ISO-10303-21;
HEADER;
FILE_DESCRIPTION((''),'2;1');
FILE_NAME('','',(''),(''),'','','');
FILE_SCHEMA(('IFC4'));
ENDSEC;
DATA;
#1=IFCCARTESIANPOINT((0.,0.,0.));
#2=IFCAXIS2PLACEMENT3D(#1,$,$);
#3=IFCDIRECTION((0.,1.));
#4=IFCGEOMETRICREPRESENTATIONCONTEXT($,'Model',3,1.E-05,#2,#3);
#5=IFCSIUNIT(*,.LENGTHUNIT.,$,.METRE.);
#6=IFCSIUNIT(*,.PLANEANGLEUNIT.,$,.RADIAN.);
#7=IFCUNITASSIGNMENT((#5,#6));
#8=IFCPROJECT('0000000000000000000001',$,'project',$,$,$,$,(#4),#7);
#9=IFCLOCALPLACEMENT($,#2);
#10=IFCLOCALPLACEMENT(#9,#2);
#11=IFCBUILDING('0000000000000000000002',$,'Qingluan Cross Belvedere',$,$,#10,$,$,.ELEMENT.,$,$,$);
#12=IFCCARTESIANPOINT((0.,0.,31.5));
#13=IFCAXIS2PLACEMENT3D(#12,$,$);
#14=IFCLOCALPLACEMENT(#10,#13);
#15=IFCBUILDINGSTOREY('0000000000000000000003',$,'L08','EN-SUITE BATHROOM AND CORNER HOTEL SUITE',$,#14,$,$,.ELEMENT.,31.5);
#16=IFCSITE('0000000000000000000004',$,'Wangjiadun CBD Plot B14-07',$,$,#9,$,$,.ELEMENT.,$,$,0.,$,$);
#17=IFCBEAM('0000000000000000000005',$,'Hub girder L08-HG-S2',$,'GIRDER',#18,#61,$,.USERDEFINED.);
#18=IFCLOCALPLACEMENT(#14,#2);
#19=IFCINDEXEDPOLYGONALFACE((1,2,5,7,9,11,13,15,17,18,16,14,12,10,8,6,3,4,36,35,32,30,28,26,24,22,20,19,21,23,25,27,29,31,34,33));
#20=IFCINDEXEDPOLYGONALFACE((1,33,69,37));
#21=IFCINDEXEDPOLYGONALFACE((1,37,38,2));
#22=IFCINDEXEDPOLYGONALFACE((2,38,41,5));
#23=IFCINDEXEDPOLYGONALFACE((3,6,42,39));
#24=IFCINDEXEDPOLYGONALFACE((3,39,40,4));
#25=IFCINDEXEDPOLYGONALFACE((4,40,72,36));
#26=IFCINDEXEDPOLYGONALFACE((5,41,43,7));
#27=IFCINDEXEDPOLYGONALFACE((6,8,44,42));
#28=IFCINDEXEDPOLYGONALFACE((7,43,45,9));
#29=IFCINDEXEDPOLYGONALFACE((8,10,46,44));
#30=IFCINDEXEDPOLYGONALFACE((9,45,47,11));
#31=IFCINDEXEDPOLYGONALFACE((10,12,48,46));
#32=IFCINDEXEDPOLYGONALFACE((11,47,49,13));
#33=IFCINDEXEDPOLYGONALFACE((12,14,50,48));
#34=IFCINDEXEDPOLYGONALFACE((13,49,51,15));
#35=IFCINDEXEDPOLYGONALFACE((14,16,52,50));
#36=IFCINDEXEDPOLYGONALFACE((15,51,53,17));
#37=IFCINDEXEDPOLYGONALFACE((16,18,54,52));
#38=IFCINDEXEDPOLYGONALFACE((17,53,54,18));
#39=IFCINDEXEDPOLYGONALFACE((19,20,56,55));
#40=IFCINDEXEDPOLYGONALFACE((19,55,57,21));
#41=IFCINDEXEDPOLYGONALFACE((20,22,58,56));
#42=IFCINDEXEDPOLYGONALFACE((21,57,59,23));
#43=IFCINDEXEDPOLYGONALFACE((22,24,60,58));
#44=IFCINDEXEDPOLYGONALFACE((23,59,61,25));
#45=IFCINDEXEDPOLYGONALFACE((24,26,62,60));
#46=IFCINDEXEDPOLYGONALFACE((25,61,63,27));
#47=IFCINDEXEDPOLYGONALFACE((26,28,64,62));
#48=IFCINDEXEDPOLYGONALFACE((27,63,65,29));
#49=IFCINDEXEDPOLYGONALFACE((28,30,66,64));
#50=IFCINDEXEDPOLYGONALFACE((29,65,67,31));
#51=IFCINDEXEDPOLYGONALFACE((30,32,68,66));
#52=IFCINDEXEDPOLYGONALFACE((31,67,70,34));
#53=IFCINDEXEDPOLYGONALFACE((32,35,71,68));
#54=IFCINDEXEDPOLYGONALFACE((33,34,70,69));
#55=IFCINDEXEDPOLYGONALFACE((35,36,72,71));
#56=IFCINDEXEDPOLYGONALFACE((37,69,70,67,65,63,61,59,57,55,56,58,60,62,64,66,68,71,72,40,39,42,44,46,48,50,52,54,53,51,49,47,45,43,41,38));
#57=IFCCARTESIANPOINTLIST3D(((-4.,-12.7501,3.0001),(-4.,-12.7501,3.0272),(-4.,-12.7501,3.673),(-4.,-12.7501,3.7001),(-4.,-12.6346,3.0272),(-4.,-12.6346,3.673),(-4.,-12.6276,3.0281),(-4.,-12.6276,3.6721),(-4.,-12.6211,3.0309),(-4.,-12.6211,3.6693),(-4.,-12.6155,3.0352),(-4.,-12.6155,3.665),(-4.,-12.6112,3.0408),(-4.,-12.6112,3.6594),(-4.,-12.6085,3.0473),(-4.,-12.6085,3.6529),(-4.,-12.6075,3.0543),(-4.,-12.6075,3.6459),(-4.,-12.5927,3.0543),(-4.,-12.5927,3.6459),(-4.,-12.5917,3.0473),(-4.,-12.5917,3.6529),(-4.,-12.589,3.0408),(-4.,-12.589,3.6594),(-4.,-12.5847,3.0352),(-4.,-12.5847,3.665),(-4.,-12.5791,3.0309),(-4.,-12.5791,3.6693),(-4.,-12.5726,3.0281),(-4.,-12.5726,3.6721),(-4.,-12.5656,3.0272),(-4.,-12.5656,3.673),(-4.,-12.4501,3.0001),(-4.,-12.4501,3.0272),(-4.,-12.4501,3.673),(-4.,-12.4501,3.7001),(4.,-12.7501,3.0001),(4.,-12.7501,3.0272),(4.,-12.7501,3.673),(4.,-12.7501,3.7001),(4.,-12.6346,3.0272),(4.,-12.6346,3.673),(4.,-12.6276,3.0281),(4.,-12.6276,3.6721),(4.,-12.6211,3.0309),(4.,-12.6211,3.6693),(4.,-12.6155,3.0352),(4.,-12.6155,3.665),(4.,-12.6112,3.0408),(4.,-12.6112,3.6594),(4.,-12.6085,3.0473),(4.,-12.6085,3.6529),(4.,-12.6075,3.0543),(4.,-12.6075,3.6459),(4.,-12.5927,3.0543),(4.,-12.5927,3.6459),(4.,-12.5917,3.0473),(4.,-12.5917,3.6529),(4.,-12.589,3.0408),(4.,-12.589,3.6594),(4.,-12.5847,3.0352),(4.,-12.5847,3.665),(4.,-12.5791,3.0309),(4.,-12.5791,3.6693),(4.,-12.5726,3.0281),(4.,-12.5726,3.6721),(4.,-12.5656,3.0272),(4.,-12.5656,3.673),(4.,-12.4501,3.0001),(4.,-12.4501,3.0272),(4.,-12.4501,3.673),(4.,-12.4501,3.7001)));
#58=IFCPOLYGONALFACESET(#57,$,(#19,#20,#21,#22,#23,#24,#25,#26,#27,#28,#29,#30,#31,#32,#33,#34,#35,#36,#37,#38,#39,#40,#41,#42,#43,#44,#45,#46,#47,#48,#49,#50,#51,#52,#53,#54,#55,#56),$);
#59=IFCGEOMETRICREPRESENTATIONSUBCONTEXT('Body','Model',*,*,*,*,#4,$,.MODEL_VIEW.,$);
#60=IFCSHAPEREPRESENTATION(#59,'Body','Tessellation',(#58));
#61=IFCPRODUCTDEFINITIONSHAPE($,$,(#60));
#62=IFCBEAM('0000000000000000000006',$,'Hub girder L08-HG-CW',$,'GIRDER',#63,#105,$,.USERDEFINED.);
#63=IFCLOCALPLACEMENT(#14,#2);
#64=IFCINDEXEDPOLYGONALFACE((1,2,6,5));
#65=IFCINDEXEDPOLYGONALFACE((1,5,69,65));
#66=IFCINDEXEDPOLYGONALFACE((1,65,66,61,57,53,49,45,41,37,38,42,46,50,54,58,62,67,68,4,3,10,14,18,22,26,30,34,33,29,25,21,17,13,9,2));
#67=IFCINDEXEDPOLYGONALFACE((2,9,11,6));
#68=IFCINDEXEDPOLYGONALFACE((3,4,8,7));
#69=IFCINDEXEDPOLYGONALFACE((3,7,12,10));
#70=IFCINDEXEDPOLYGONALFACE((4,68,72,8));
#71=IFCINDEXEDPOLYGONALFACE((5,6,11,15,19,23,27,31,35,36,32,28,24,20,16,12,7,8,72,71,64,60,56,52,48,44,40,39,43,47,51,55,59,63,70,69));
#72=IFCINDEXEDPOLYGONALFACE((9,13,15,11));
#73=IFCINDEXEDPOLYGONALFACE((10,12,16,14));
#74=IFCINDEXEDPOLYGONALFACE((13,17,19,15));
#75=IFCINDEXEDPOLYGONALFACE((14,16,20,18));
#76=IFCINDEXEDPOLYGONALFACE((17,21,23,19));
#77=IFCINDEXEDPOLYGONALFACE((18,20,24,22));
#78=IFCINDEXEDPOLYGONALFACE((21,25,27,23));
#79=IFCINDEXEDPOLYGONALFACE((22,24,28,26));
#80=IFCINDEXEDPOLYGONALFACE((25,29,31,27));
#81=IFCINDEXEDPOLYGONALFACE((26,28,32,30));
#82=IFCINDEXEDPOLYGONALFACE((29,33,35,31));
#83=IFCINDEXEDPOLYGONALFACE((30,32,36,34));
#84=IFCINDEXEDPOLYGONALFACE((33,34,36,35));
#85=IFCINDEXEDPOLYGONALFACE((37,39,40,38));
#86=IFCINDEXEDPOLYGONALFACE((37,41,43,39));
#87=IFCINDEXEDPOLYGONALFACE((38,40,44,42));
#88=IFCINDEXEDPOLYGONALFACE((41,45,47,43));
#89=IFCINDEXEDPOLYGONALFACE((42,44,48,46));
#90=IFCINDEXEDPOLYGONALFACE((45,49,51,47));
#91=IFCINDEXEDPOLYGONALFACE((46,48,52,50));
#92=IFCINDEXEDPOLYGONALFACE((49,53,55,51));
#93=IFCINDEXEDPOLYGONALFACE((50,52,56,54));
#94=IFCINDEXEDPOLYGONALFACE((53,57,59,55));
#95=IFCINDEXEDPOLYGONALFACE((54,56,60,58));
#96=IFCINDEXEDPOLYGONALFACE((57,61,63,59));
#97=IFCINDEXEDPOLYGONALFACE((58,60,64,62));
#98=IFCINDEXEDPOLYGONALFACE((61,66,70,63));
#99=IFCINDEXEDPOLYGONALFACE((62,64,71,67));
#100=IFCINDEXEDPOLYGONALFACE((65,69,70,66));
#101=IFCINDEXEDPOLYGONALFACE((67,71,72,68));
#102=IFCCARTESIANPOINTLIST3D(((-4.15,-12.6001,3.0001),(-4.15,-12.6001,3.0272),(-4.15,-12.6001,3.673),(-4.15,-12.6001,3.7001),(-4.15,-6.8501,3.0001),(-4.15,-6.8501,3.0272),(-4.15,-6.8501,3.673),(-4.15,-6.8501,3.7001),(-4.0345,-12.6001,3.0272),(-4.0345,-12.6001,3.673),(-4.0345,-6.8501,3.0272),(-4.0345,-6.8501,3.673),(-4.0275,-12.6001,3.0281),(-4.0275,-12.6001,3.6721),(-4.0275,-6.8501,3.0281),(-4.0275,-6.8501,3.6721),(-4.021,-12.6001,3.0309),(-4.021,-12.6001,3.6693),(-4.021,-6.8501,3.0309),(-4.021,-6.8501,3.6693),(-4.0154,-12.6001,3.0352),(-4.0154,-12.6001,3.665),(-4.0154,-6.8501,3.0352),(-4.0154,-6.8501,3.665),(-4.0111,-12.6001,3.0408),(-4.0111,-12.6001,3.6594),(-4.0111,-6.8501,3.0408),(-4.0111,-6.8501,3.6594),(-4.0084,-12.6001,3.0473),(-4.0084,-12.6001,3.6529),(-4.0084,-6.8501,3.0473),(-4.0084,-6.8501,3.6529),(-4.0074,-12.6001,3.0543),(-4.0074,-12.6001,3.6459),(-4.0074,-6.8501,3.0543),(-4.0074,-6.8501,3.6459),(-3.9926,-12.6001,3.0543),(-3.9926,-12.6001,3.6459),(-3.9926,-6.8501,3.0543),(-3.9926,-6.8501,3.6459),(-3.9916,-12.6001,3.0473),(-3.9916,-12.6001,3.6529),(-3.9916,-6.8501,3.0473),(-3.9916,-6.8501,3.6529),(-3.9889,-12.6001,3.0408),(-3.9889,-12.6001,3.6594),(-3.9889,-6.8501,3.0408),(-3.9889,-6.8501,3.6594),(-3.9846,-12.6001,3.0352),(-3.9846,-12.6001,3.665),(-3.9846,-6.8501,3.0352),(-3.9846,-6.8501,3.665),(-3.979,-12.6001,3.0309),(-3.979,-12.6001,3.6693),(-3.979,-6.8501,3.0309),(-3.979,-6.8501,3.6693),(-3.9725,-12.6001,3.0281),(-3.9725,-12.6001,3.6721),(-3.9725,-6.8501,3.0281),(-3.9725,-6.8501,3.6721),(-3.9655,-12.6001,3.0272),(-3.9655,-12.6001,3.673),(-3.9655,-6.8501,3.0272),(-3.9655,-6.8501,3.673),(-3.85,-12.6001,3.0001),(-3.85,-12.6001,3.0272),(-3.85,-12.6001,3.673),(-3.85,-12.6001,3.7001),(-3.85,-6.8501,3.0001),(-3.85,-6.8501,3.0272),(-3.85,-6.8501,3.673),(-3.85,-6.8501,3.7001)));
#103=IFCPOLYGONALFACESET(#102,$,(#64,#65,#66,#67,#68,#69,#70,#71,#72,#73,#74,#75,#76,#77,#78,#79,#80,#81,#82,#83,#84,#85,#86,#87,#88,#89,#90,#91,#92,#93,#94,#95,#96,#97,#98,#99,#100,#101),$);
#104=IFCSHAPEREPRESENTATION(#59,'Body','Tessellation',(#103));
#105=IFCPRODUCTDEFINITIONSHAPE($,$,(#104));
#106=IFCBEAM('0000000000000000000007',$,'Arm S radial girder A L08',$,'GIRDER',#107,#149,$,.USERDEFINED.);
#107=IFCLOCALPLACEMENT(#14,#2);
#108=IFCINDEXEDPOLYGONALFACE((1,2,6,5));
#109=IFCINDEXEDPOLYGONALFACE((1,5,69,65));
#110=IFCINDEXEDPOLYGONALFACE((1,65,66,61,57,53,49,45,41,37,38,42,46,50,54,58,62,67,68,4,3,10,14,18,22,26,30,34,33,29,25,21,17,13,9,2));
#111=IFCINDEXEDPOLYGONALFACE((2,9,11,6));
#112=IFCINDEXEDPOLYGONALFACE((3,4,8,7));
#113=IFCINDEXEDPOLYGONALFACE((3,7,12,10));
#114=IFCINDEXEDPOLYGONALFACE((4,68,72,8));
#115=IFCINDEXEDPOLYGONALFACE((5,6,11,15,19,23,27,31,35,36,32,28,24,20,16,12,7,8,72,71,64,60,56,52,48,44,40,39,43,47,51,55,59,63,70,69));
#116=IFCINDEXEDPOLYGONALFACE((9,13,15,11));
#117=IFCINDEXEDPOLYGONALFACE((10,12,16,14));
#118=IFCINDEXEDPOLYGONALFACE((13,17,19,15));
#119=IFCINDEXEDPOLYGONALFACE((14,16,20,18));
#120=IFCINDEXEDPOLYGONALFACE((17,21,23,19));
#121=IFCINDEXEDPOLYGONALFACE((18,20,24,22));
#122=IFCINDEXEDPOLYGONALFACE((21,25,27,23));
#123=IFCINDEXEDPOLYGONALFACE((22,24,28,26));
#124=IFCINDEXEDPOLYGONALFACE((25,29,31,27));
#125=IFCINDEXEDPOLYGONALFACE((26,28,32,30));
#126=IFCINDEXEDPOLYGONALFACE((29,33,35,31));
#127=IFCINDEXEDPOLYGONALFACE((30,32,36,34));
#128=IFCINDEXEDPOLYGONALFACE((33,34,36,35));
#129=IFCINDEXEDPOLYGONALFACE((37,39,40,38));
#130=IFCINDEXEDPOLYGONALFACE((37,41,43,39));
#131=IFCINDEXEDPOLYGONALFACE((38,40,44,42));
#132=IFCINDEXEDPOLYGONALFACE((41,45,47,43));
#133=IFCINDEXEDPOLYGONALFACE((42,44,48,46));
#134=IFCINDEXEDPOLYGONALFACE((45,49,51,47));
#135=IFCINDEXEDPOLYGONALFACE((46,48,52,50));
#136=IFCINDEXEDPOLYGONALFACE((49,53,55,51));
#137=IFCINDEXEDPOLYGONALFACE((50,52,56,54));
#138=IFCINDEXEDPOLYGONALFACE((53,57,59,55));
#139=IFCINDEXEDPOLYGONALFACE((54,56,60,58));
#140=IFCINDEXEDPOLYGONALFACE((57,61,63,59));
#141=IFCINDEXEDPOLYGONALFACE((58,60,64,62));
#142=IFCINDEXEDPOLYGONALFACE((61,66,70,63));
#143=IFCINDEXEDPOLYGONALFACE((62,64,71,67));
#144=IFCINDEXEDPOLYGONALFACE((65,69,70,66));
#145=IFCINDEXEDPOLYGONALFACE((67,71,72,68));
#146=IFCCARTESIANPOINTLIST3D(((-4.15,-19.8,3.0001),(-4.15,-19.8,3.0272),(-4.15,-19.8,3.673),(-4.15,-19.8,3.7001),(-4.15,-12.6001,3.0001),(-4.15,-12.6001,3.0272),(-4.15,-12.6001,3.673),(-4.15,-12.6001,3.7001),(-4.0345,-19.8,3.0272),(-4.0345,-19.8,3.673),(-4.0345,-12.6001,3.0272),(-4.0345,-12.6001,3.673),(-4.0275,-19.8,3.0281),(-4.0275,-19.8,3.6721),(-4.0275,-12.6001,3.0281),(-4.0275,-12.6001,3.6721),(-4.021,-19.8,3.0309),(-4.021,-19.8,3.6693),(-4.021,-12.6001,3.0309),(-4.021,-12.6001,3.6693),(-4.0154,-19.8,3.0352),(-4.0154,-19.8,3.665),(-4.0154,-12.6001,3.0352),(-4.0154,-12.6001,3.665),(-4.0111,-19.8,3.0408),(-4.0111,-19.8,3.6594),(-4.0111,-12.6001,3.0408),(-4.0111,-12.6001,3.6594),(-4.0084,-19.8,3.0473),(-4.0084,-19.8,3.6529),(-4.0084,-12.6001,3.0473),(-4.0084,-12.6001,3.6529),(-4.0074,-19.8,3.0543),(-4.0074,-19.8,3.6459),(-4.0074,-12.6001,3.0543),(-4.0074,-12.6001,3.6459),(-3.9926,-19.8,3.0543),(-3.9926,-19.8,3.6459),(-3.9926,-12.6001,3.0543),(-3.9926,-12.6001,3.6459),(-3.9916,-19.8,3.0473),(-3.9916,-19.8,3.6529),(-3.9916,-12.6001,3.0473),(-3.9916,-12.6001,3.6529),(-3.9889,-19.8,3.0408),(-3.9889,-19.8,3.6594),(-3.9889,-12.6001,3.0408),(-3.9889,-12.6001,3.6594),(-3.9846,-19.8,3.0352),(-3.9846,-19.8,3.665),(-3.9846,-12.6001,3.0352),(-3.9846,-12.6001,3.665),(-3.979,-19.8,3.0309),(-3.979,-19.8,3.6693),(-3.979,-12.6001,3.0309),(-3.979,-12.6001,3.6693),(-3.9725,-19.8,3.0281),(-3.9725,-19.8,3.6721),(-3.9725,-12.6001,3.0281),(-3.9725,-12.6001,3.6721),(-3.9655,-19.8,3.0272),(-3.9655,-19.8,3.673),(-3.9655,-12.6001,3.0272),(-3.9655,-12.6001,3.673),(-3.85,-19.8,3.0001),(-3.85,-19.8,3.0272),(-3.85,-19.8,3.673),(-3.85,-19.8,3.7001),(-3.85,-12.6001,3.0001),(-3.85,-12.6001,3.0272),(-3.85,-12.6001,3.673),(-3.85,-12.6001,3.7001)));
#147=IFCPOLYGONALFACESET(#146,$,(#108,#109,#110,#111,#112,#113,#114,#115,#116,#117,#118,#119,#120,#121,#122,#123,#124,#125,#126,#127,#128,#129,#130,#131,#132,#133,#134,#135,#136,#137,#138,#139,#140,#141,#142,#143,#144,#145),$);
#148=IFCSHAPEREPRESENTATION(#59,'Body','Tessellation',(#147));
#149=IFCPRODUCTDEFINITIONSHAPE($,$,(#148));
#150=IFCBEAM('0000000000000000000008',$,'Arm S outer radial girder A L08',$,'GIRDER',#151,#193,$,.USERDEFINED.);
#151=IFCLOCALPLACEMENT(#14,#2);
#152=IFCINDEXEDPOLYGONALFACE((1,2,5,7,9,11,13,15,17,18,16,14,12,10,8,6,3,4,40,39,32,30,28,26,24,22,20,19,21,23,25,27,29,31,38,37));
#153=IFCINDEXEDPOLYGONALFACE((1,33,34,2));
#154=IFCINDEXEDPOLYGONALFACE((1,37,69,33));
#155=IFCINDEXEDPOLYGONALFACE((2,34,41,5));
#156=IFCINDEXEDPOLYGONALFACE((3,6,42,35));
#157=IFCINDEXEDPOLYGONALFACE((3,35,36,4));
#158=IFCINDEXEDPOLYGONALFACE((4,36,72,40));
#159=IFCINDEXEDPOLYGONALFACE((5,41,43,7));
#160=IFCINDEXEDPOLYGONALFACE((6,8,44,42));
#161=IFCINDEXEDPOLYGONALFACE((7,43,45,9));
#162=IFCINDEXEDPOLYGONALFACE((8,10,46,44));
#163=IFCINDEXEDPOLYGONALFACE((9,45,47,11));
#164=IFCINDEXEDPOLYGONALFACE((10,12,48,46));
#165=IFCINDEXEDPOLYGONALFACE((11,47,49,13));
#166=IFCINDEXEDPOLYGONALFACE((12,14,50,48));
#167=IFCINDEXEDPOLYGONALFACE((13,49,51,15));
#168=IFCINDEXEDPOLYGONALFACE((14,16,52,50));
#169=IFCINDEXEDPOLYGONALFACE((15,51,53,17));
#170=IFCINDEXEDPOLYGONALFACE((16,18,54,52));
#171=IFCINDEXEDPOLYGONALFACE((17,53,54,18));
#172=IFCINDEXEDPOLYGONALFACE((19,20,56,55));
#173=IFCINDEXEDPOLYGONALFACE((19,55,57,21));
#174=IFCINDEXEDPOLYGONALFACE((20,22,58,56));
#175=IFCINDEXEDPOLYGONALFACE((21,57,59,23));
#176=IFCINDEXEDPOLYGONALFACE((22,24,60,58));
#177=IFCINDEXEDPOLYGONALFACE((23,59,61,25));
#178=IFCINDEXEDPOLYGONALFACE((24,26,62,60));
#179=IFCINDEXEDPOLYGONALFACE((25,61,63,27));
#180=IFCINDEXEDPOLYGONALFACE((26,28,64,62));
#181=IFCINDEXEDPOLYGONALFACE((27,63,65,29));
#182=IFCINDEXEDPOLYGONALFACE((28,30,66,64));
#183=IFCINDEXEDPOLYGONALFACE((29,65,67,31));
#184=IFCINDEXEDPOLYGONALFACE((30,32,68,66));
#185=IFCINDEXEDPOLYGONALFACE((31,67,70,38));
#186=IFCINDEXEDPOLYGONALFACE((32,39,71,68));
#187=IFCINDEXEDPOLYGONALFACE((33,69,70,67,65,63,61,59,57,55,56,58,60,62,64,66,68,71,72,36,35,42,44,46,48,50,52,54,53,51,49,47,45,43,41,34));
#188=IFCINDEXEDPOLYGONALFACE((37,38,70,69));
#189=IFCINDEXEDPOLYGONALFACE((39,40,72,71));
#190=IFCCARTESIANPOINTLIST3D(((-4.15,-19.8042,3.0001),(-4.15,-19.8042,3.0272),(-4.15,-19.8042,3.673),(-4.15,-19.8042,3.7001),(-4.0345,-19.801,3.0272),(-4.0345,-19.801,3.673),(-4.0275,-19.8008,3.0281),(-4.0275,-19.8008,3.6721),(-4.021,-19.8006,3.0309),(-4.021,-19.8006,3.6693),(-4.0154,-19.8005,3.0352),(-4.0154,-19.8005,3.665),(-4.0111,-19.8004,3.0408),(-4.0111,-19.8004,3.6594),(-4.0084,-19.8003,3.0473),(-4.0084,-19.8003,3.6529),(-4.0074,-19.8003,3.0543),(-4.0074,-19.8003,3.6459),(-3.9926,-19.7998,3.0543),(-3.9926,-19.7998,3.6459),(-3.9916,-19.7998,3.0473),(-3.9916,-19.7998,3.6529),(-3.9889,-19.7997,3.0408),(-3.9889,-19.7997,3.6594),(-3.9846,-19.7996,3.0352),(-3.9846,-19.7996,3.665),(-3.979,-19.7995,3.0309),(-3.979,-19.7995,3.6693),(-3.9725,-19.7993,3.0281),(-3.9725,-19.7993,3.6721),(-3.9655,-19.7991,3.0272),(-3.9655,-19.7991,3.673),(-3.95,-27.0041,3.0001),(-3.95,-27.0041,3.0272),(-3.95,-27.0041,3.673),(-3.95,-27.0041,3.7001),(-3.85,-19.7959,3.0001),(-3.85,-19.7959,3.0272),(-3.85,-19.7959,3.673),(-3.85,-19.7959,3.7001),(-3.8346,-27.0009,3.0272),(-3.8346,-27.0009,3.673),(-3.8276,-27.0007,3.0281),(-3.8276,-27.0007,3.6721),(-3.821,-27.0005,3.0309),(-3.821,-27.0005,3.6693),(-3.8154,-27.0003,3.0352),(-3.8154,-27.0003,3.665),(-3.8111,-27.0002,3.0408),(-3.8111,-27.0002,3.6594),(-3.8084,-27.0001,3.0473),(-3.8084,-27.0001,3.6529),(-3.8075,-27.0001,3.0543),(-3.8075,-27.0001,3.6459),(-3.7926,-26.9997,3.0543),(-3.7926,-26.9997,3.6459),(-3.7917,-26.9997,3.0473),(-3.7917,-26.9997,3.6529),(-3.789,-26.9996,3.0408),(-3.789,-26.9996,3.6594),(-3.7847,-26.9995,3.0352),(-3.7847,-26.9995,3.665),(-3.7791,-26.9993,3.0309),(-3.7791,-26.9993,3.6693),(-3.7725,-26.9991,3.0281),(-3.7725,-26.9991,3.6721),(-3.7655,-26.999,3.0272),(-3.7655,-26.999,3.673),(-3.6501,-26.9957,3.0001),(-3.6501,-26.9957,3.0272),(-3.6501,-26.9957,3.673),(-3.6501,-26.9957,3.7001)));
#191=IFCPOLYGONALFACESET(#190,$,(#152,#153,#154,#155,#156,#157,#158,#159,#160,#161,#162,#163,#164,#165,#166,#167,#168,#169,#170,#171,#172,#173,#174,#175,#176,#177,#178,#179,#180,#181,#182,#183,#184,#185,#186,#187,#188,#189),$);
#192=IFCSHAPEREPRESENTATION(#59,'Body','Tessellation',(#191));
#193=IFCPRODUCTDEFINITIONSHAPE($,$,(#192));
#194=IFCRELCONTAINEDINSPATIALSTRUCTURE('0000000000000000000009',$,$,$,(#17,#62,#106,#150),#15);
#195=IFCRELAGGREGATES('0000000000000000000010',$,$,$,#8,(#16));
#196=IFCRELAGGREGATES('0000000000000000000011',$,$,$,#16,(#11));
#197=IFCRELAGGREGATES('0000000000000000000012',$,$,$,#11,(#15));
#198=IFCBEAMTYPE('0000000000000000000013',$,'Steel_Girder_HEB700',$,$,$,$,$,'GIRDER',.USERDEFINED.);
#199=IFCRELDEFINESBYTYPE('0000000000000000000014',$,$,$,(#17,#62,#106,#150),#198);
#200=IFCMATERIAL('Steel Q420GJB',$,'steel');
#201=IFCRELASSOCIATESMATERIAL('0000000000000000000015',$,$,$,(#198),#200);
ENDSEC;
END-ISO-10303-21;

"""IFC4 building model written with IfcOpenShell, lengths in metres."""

from ifc_helpers import new_model, si_unit, direction, frame, origin, origin_2d, place, context, subcontext, project, spatial, i_section, extrude, material, material_profile, profile_set, type_object, element, save


model = new_model("IFC4")

# Units and contexts
model_context = context("Model", 3, precision=1e-05, world=origin(), true_north=direction((0.0, 1.0)))
body_context = subcontext(model_context, "Body", "Model", "MODEL_VIEW")
ifc_project = project(units=[si_unit("LENGTHUNIT", "METRE"), si_unit("PLANEANGLEUNIT", "RADIAN")], contexts=[model_context])

# Site, building, storey
site_placement = place(None, origin())
site = spatial("IfcSite", under=ifc_project, at=site_placement, Name="Wangjiadun CBD Plot B14-07", CompositionType="ELEMENT", RefElevation=0.0)
building_placement = place(site_placement, origin())
building = spatial("IfcBuilding", under=site, at=building_placement, Name="Qingluan Cross Belvedere", CompositionType="ELEMENT")
storey_placement = place(building_placement, frame((0.0, 0.0, 31.5)))
storey = spatial("IfcBuildingStorey", under=building, at=storey_placement, Name="L08", Description="EN-SUITE BATHROOM AND CORNER HOTEL SUITE", CompositionType="ELEMENT", Elevation=31.5)

# Beams
ifc_material_1 = material(Name="Steel Q420GJB", Category="steel")
ifc_material_profile_1 = material_profile(ifc_material_1, i_section(OverallWidth=0.3, OverallDepth=0.7, WebThickness=0.0149, FlangeThickness=0.0271, FilletRadius=0.0271, at=origin_2d()), Name="HEB700")
ifc_profile_set_1 = profile_set([ifc_material_profile_1], Name="Steel Q420GJB")
beam_type_1 = type_object("IfcBeamType", Name="Steel_Girder_HEB700", ElementType="GIRDER", PredefinedType="USERDEFINED", material=ifc_profile_set_1)
beam_1_placement = place(storey_placement, frame((-4.0, -12.6001, 3.3501), z_axis=(1.0, 0.0, 0.0), x_axis=(0.0, 1.0, 0.0)))
element("IfcBeam", 1, at=beam_1_placement, inside=storey, type_object=beam_type_1, Name="Hub girder L08-HG-S2", ObjectType="GIRDER", PredefinedType="USERDEFINED", context=body_context, shape_type="SweptSolid", body=[
    extrude(i_section(OverallWidth=0.3, OverallDepth=0.7, WebThickness=0.0149, FlangeThickness=0.0271, FilletRadius=0.0271, at=origin_2d()), origin(), (0.0, 0.0, 1.0), 8.0),
])
beam_2_placement = place(storey_placement, frame((-4.0, -12.6001, 3.3501), z_axis=(0.0, 1.0, 0.0), x_axis=(-1.0, 0.0, 0.0)))
element("IfcBeam", 2, at=beam_2_placement, inside=storey, type_object=beam_type_1, Name="Hub girder L08-HG-CW", ObjectType="GIRDER", PredefinedType="USERDEFINED", context=body_context, shape_type="SweptSolid", body=[
    extrude(i_section(OverallWidth=0.3, OverallDepth=0.7, WebThickness=0.0149, FlangeThickness=0.0271, FilletRadius=0.0271, at=origin_2d()), origin(), (0.0, 0.0, 1.0), 5.75),
])
beam_3_placement = place(storey_placement, frame((-4.0, -12.6001, 3.3501), z_axis=(0.0, -1.0, 0.0), x_axis=(1.0, 0.0, 0.0)))
element("IfcBeam", 3, at=beam_3_placement, inside=storey, type_object=beam_type_1, Name="Arm S radial girder A L08", ObjectType="GIRDER", PredefinedType="USERDEFINED", context=body_context, shape_type="SweptSolid", body=[
    extrude(i_section(OverallWidth=0.3, OverallDepth=0.7, WebThickness=0.0149, FlangeThickness=0.0271, FilletRadius=0.0271, at=origin_2d()), origin(), (0.0, 0.0, 1.0), 7.2),
])
beam_4_placement = place(storey_placement, frame((-4.0, -19.8, 3.3501), z_axis=(0.02776, -0.999615, 0.0), x_axis=(0.999615, 0.02776, 0.0)))
element("IfcBeam", 4, at=beam_4_placement, inside=storey, type_object=beam_type_1, Name="Arm S outer radial girder A L08", ObjectType="GIRDER", PredefinedType="USERDEFINED", context=body_context, shape_type="SweptSolid", body=[
    extrude(i_section(OverallWidth=0.3, OverallDepth=0.7, WebThickness=0.0149, FlangeThickness=0.0271, FilletRadius=0.0271, at=origin_2d()), origin(), (0.0, 0.0, 1.0), 7.2026),
])

save(model, "model.ifc")
